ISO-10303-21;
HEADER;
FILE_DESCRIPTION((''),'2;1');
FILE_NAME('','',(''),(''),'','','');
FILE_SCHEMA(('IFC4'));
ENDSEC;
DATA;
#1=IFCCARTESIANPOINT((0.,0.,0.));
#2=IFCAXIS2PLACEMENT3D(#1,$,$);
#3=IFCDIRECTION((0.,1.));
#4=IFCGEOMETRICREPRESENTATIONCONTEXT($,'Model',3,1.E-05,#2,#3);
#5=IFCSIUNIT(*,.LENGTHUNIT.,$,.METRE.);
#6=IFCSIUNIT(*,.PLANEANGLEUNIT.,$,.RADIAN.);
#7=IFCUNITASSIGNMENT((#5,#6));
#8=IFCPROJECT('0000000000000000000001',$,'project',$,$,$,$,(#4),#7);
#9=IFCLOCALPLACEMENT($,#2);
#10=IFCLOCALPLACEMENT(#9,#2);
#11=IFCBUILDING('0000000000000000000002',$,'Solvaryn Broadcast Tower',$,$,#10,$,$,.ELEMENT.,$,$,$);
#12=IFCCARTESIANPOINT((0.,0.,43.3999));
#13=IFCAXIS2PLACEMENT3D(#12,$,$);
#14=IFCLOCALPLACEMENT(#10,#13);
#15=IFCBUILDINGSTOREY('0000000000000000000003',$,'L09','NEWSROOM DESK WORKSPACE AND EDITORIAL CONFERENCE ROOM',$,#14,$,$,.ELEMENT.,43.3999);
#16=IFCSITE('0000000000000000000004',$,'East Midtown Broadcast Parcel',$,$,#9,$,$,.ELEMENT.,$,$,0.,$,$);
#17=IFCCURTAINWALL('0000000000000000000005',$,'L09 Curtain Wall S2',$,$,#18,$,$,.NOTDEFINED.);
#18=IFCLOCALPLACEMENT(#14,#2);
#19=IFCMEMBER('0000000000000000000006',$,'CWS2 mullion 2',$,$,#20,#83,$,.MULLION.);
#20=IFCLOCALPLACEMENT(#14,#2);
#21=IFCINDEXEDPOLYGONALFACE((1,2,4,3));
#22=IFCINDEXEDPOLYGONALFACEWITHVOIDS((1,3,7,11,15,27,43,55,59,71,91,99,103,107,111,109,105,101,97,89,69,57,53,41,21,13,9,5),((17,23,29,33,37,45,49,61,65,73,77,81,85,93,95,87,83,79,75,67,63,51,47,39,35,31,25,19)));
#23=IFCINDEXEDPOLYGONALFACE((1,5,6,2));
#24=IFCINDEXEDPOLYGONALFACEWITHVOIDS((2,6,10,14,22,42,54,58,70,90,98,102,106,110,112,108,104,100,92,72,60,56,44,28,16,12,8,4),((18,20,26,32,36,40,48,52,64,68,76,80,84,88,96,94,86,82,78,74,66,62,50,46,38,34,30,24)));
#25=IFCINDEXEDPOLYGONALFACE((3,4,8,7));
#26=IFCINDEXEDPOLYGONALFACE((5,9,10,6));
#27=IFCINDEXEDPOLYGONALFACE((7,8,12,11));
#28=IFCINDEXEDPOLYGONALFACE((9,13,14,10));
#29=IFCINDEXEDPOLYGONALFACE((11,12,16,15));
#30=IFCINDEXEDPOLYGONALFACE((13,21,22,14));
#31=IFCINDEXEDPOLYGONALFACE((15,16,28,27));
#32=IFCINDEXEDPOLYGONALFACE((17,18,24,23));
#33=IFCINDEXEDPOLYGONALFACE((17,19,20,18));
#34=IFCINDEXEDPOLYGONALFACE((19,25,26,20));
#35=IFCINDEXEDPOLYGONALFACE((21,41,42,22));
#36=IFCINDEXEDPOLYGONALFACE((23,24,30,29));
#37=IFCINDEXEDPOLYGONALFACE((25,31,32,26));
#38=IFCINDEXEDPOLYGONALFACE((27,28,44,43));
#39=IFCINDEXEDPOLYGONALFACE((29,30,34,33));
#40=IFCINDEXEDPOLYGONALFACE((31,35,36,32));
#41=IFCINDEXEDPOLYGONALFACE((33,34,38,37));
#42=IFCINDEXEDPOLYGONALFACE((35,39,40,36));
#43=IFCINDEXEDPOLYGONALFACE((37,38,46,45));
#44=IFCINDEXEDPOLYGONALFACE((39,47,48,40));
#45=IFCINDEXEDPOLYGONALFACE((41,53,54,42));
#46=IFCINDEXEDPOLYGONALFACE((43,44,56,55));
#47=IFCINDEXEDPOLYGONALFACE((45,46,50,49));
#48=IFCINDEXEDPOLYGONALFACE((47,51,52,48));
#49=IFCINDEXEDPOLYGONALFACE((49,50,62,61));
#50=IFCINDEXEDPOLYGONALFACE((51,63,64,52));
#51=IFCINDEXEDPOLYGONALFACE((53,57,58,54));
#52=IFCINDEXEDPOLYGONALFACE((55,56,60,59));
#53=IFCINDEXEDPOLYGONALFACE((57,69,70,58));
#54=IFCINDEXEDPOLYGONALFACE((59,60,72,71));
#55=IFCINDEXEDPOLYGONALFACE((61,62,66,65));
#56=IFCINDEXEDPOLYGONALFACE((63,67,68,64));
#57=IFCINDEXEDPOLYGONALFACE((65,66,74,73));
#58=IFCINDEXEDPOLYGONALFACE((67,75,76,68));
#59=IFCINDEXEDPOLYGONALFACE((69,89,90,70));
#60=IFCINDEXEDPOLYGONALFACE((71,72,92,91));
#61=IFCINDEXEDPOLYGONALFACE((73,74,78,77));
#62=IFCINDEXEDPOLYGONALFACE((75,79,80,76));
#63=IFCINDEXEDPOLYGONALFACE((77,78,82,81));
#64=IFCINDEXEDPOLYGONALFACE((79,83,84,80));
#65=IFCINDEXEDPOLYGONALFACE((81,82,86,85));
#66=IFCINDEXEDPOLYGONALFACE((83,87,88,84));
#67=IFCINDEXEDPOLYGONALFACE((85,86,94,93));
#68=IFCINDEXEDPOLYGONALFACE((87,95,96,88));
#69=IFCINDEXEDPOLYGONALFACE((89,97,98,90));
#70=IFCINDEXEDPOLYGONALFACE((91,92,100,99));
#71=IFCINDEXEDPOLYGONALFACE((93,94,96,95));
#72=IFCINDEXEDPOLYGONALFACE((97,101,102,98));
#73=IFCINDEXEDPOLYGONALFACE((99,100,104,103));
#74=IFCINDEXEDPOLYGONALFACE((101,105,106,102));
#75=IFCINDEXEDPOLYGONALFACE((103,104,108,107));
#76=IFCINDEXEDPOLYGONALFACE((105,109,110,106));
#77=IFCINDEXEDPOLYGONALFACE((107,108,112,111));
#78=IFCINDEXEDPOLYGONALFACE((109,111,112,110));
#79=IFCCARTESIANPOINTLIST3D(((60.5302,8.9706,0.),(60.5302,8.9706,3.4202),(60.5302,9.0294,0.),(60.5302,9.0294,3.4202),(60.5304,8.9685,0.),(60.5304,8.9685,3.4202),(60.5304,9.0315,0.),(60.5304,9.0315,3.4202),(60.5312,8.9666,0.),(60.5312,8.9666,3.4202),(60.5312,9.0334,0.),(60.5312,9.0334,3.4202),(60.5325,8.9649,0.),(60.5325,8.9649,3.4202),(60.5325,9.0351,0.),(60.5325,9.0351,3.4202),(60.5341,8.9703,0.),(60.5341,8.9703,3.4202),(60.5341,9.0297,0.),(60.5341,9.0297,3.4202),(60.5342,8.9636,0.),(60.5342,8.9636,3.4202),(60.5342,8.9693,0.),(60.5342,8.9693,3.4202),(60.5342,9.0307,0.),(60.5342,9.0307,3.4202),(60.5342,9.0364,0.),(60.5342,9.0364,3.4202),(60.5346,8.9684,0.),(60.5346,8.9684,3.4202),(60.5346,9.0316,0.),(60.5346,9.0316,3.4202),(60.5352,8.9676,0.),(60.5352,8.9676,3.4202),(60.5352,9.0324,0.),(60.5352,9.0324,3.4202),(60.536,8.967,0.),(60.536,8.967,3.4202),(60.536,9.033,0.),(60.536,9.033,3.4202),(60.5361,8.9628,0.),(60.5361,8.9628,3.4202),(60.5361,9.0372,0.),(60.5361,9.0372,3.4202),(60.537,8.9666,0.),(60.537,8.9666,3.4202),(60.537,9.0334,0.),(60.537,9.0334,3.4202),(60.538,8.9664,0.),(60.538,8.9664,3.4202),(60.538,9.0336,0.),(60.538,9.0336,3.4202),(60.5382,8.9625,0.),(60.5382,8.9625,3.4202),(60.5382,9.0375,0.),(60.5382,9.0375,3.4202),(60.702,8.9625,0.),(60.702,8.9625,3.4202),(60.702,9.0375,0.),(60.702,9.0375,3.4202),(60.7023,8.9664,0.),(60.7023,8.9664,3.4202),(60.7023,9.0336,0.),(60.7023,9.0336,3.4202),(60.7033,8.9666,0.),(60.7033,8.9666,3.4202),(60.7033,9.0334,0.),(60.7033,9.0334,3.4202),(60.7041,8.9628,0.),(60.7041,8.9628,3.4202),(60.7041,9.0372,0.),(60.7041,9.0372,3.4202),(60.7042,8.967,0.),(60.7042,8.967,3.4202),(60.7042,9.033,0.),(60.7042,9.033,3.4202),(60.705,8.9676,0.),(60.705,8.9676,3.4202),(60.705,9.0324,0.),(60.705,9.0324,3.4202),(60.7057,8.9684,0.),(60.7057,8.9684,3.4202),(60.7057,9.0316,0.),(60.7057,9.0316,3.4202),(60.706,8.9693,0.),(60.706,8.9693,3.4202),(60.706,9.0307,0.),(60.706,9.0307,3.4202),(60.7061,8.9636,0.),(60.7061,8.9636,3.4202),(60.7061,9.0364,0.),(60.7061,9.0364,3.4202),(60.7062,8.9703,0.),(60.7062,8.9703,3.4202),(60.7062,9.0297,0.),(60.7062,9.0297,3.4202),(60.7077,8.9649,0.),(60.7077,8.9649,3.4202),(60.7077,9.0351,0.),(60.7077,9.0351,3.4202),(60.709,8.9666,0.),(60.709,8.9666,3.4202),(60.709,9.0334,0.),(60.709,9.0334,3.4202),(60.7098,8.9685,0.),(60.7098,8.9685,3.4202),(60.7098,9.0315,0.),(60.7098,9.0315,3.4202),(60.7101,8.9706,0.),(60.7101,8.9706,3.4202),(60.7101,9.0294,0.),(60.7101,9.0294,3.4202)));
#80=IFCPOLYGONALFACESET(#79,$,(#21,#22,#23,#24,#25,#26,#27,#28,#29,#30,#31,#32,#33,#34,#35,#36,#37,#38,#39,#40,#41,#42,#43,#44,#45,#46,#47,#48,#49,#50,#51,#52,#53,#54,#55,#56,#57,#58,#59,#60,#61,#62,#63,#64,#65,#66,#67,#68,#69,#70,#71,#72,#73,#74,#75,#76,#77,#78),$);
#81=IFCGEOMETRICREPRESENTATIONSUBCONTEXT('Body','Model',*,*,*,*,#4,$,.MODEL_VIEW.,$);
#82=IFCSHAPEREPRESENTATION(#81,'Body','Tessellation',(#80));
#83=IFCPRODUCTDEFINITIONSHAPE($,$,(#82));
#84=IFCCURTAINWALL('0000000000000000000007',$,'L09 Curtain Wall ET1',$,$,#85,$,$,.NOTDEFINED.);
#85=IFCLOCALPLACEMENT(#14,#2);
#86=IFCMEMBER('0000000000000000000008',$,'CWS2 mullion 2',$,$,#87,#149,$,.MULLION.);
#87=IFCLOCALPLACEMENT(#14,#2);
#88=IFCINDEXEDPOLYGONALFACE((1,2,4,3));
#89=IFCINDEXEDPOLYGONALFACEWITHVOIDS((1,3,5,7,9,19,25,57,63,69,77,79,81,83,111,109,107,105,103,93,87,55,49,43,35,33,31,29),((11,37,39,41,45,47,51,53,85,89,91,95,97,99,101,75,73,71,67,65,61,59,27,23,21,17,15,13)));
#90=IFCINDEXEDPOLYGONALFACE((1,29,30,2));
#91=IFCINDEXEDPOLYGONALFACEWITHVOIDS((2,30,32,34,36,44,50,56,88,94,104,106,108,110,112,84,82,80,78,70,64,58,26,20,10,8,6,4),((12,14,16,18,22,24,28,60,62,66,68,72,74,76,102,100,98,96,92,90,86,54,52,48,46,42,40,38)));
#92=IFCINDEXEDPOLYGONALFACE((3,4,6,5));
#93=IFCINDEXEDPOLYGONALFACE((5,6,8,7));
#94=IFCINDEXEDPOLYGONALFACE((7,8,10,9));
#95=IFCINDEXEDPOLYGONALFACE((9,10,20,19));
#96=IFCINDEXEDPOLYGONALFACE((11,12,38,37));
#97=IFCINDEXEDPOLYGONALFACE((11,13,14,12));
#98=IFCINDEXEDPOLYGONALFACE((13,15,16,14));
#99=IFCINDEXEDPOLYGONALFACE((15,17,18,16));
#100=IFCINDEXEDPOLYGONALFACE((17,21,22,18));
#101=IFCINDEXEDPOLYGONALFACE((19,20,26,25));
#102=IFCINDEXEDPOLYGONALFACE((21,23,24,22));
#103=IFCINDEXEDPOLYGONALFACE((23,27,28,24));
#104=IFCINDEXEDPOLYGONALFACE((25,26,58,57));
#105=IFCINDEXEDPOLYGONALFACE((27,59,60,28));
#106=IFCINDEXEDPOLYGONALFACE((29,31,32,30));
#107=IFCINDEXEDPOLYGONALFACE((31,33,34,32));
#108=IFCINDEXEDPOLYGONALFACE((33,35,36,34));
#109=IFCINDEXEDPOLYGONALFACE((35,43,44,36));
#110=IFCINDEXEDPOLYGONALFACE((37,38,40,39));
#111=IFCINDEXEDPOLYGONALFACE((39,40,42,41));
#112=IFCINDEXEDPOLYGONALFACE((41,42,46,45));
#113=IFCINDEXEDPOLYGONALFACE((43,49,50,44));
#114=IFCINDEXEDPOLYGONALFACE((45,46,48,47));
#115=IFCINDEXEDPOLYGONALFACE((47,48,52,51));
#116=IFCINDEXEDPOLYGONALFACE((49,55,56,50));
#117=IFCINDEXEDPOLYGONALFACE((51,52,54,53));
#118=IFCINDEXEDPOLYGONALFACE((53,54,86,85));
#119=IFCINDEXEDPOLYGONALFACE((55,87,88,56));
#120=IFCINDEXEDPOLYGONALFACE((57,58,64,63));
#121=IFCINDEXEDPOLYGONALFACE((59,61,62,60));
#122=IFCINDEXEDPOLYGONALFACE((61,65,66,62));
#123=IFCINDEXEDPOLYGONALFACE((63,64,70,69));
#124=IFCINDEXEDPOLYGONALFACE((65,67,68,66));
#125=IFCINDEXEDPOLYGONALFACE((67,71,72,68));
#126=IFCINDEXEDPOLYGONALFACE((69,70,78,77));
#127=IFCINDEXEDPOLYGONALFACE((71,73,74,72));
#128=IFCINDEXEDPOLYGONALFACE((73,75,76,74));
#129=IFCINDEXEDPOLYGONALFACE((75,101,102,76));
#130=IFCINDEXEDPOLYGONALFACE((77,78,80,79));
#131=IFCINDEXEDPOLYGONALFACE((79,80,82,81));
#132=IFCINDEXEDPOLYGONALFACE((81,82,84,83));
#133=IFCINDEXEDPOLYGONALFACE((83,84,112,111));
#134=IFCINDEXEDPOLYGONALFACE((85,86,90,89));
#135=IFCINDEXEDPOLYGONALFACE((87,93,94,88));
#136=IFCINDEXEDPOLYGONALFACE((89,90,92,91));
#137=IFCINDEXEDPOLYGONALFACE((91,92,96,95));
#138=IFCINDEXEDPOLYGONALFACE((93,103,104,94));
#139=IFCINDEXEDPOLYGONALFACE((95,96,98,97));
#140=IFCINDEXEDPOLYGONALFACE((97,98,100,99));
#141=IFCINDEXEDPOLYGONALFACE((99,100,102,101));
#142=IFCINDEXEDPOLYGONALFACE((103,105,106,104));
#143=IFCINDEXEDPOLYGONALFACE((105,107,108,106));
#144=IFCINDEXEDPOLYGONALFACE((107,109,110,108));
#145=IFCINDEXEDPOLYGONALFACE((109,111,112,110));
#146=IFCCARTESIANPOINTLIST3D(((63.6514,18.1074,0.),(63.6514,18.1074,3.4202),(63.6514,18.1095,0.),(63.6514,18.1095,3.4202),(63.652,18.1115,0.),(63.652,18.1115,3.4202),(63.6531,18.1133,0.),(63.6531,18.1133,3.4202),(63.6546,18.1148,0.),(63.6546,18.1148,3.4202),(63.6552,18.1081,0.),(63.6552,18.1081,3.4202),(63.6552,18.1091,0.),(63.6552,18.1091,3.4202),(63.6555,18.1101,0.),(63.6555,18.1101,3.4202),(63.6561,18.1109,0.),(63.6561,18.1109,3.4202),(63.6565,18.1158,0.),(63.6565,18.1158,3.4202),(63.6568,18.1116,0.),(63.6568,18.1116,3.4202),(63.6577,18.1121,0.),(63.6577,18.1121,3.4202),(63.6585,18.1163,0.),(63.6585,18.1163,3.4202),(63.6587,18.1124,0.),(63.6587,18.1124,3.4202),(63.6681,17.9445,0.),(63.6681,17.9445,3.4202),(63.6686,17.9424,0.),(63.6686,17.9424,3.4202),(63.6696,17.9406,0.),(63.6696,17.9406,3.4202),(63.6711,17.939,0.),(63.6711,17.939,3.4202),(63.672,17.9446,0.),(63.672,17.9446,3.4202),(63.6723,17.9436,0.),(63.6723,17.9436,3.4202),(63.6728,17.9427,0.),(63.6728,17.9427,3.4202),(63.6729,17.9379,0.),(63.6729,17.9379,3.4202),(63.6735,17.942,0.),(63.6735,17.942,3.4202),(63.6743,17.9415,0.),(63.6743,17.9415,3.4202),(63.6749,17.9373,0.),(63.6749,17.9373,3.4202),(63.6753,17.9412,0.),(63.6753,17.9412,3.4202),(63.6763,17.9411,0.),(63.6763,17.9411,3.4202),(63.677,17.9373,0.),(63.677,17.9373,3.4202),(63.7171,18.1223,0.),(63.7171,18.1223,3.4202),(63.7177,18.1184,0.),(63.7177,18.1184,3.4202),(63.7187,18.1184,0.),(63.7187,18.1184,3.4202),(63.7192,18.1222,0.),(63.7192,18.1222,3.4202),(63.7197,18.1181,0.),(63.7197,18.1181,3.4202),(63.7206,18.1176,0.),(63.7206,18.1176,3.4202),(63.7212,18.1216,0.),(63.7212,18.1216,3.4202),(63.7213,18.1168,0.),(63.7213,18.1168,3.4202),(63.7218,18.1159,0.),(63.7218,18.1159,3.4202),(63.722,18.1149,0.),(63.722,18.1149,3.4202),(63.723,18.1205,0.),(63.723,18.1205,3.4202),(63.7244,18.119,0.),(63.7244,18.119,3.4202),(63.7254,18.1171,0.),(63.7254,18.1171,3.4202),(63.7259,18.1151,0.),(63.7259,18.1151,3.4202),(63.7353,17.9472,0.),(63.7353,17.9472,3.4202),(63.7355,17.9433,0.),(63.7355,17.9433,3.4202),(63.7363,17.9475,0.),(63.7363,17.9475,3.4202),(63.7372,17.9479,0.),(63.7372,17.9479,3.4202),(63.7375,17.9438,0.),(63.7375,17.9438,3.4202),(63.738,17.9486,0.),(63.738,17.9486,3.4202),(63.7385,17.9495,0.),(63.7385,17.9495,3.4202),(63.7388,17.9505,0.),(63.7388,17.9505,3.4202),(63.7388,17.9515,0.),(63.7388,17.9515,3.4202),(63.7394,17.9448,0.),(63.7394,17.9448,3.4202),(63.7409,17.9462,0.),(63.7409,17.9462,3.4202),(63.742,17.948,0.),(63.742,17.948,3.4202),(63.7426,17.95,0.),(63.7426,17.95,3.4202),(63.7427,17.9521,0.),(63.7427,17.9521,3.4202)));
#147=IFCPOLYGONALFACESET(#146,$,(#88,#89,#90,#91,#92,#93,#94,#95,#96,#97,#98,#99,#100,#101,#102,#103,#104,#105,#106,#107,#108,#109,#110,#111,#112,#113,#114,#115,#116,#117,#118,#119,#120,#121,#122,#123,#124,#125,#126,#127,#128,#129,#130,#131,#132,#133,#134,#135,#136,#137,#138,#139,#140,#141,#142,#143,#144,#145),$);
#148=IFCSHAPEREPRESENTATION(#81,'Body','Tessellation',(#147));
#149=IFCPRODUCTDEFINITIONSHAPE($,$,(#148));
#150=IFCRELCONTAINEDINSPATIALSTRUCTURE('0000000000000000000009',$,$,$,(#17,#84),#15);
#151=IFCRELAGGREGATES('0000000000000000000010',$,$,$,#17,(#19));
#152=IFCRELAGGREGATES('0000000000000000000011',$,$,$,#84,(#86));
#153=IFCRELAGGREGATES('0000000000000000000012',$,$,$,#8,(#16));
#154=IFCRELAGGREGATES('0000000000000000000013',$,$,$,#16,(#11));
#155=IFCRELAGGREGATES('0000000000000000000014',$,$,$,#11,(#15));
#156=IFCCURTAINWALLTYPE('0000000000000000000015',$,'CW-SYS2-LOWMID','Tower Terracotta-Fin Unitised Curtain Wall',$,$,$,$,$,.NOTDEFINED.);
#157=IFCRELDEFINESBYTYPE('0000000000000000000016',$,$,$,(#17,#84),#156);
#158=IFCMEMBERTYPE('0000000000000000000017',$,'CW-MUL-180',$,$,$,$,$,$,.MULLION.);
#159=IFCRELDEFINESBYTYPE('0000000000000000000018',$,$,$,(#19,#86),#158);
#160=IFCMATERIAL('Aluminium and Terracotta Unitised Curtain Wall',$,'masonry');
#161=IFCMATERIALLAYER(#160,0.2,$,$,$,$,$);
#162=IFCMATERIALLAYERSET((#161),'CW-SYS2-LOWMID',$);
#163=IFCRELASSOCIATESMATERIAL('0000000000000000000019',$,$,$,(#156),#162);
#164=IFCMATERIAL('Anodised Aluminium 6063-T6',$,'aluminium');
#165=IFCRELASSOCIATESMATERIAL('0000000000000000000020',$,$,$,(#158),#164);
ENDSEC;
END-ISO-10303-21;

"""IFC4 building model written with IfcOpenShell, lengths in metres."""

from ifc_helpers import new_model, si_unit, direction, frame, origin, origin_2d, place, context, subcontext, project, spatial, hollow_rectangle, extrude, material, layer, layer_set, material_profile, profile_set, type_object, element, aggregate, save


model = new_model("IFC4")

# Units and contexts
model_context = context("Model", 3, precision=1e-05, world=origin(), true_north=direction((0.0, 1.0)))
body_context = subcontext(model_context, "Body", "Model", "MODEL_VIEW")
ifc_project = project(units=[si_unit("LENGTHUNIT", "METRE"), si_unit("PLANEANGLEUNIT", "RADIAN")], contexts=[model_context])

# Site, building, storey
site_placement = place(None, origin())
site = spatial("IfcSite", under=ifc_project, at=site_placement, Name="East Midtown Broadcast Parcel", CompositionType="ELEMENT", RefElevation=0.0)
building_placement = place(site_placement, origin())
building = spatial("IfcBuilding", under=site, at=building_placement, Name="Solvaryn Broadcast Tower", CompositionType="ELEMENT")
storey_placement = place(building_placement, frame((0.0, 0.0, 43.3999)))
storey = spatial("IfcBuildingStorey", under=building, at=storey_placement, Name="L09", Description="NEWSROOM DESK WORKSPACE AND EDITORIAL CONFERENCE ROOM", CompositionType="ELEMENT", Elevation=43.3999)

# Curtain walls, members
ifc_material_1 = material(Name="Aluminium and Terracotta Unitised Curtain Wall", Category="masonry")
ifc_layer_1 = layer(ifc_material_1, 0.2)
ifc_layer_set_1 = layer_set([ifc_layer_1], Name="CW-SYS2-LOWMID")
curtain_wall_type = type_object("IfcCurtainWallType", Name="CW-SYS2-LOWMID", Description="Tower Terracotta-Fin Unitised Curtain Wall", PredefinedType="NOTDEFINED", material=ifc_layer_set_1)
curtain_wall_1_placement = place(storey_placement, origin())
curtain_wall_1 = element("IfcCurtainWall", 1, at=curtain_wall_1_placement, inside=storey, type_object=curtain_wall_type, Name="L09 Curtain Wall S2", PredefinedType="NOTDEFINED")
ifc_material_2 = material(Name="Anodised Aluminium 6063-T6", Category="aluminium")
ifc_material_profile_1 = material_profile(ifc_material_2, hollow_rectangle(XDim=0.075, YDim=0.1799, WallThickness=0.0039, InnerFilletRadius=0.0039, OuterFilletRadius=0.0081, at=origin_2d()))
ifc_profile_set_1 = profile_set([ifc_material_profile_1], Name="Anodised Aluminium 6063-T6")
member_type_1 = type_object("IfcMemberType", Name="CW-MUL-180", PredefinedType="MULLION", material=ifc_profile_set_1)
member_1_placement = place(storey_placement, frame((60.6201, 9.0, 0.0), z_axis=(0.0, 0.0, 1.0), x_axis=(0.0, 1.0, 0.0)))
member_1 = element("IfcMember", 2, at=member_1_placement, type_object=member_type_1, Name="CWS2 mullion 2", PredefinedType="MULLION", context=body_context, shape_type="SweptSolid", body=[
    extrude(hollow_rectangle(XDim=0.075, YDim=0.1799, WallThickness=0.0039, InnerFilletRadius=0.0039, OuterFilletRadius=0.0081, at=origin_2d()), origin(), (0.0, 0.0, 1.0), 3.4202),
])
aggregate(curtain_wall_1, [member_1])
curtain_wall_2_placement = place(storey_placement, origin())
curtain_wall_2 = element("IfcCurtainWall", 3, at=curtain_wall_2_placement, inside=storey, type_object=curtain_wall_type, Name="L09 Curtain Wall ET1", PredefinedType="NOTDEFINED")
member_2_placement = place(storey_placement, frame((63.697, 18.0298, 0.0), z_axis=(0.0, 0.0, 1.0), x_axis=(0.994743, 0.1024, 0.0)))
member_2 = element("IfcMember", 4, at=member_2_placement, type_object=member_type_1, Name="CWS2 mullion 2", PredefinedType="MULLION", context=body_context, shape_type="SweptSolid", body=[
    extrude(hollow_rectangle(XDim=0.075, YDim=0.1799, WallThickness=0.0039, InnerFilletRadius=0.0039, OuterFilletRadius=0.0081, at=origin_2d()), origin(), (0.0, 0.0, 1.0), 3.4202),
])
aggregate(curtain_wall_2, [member_2])

save(model, "model.ifc")
